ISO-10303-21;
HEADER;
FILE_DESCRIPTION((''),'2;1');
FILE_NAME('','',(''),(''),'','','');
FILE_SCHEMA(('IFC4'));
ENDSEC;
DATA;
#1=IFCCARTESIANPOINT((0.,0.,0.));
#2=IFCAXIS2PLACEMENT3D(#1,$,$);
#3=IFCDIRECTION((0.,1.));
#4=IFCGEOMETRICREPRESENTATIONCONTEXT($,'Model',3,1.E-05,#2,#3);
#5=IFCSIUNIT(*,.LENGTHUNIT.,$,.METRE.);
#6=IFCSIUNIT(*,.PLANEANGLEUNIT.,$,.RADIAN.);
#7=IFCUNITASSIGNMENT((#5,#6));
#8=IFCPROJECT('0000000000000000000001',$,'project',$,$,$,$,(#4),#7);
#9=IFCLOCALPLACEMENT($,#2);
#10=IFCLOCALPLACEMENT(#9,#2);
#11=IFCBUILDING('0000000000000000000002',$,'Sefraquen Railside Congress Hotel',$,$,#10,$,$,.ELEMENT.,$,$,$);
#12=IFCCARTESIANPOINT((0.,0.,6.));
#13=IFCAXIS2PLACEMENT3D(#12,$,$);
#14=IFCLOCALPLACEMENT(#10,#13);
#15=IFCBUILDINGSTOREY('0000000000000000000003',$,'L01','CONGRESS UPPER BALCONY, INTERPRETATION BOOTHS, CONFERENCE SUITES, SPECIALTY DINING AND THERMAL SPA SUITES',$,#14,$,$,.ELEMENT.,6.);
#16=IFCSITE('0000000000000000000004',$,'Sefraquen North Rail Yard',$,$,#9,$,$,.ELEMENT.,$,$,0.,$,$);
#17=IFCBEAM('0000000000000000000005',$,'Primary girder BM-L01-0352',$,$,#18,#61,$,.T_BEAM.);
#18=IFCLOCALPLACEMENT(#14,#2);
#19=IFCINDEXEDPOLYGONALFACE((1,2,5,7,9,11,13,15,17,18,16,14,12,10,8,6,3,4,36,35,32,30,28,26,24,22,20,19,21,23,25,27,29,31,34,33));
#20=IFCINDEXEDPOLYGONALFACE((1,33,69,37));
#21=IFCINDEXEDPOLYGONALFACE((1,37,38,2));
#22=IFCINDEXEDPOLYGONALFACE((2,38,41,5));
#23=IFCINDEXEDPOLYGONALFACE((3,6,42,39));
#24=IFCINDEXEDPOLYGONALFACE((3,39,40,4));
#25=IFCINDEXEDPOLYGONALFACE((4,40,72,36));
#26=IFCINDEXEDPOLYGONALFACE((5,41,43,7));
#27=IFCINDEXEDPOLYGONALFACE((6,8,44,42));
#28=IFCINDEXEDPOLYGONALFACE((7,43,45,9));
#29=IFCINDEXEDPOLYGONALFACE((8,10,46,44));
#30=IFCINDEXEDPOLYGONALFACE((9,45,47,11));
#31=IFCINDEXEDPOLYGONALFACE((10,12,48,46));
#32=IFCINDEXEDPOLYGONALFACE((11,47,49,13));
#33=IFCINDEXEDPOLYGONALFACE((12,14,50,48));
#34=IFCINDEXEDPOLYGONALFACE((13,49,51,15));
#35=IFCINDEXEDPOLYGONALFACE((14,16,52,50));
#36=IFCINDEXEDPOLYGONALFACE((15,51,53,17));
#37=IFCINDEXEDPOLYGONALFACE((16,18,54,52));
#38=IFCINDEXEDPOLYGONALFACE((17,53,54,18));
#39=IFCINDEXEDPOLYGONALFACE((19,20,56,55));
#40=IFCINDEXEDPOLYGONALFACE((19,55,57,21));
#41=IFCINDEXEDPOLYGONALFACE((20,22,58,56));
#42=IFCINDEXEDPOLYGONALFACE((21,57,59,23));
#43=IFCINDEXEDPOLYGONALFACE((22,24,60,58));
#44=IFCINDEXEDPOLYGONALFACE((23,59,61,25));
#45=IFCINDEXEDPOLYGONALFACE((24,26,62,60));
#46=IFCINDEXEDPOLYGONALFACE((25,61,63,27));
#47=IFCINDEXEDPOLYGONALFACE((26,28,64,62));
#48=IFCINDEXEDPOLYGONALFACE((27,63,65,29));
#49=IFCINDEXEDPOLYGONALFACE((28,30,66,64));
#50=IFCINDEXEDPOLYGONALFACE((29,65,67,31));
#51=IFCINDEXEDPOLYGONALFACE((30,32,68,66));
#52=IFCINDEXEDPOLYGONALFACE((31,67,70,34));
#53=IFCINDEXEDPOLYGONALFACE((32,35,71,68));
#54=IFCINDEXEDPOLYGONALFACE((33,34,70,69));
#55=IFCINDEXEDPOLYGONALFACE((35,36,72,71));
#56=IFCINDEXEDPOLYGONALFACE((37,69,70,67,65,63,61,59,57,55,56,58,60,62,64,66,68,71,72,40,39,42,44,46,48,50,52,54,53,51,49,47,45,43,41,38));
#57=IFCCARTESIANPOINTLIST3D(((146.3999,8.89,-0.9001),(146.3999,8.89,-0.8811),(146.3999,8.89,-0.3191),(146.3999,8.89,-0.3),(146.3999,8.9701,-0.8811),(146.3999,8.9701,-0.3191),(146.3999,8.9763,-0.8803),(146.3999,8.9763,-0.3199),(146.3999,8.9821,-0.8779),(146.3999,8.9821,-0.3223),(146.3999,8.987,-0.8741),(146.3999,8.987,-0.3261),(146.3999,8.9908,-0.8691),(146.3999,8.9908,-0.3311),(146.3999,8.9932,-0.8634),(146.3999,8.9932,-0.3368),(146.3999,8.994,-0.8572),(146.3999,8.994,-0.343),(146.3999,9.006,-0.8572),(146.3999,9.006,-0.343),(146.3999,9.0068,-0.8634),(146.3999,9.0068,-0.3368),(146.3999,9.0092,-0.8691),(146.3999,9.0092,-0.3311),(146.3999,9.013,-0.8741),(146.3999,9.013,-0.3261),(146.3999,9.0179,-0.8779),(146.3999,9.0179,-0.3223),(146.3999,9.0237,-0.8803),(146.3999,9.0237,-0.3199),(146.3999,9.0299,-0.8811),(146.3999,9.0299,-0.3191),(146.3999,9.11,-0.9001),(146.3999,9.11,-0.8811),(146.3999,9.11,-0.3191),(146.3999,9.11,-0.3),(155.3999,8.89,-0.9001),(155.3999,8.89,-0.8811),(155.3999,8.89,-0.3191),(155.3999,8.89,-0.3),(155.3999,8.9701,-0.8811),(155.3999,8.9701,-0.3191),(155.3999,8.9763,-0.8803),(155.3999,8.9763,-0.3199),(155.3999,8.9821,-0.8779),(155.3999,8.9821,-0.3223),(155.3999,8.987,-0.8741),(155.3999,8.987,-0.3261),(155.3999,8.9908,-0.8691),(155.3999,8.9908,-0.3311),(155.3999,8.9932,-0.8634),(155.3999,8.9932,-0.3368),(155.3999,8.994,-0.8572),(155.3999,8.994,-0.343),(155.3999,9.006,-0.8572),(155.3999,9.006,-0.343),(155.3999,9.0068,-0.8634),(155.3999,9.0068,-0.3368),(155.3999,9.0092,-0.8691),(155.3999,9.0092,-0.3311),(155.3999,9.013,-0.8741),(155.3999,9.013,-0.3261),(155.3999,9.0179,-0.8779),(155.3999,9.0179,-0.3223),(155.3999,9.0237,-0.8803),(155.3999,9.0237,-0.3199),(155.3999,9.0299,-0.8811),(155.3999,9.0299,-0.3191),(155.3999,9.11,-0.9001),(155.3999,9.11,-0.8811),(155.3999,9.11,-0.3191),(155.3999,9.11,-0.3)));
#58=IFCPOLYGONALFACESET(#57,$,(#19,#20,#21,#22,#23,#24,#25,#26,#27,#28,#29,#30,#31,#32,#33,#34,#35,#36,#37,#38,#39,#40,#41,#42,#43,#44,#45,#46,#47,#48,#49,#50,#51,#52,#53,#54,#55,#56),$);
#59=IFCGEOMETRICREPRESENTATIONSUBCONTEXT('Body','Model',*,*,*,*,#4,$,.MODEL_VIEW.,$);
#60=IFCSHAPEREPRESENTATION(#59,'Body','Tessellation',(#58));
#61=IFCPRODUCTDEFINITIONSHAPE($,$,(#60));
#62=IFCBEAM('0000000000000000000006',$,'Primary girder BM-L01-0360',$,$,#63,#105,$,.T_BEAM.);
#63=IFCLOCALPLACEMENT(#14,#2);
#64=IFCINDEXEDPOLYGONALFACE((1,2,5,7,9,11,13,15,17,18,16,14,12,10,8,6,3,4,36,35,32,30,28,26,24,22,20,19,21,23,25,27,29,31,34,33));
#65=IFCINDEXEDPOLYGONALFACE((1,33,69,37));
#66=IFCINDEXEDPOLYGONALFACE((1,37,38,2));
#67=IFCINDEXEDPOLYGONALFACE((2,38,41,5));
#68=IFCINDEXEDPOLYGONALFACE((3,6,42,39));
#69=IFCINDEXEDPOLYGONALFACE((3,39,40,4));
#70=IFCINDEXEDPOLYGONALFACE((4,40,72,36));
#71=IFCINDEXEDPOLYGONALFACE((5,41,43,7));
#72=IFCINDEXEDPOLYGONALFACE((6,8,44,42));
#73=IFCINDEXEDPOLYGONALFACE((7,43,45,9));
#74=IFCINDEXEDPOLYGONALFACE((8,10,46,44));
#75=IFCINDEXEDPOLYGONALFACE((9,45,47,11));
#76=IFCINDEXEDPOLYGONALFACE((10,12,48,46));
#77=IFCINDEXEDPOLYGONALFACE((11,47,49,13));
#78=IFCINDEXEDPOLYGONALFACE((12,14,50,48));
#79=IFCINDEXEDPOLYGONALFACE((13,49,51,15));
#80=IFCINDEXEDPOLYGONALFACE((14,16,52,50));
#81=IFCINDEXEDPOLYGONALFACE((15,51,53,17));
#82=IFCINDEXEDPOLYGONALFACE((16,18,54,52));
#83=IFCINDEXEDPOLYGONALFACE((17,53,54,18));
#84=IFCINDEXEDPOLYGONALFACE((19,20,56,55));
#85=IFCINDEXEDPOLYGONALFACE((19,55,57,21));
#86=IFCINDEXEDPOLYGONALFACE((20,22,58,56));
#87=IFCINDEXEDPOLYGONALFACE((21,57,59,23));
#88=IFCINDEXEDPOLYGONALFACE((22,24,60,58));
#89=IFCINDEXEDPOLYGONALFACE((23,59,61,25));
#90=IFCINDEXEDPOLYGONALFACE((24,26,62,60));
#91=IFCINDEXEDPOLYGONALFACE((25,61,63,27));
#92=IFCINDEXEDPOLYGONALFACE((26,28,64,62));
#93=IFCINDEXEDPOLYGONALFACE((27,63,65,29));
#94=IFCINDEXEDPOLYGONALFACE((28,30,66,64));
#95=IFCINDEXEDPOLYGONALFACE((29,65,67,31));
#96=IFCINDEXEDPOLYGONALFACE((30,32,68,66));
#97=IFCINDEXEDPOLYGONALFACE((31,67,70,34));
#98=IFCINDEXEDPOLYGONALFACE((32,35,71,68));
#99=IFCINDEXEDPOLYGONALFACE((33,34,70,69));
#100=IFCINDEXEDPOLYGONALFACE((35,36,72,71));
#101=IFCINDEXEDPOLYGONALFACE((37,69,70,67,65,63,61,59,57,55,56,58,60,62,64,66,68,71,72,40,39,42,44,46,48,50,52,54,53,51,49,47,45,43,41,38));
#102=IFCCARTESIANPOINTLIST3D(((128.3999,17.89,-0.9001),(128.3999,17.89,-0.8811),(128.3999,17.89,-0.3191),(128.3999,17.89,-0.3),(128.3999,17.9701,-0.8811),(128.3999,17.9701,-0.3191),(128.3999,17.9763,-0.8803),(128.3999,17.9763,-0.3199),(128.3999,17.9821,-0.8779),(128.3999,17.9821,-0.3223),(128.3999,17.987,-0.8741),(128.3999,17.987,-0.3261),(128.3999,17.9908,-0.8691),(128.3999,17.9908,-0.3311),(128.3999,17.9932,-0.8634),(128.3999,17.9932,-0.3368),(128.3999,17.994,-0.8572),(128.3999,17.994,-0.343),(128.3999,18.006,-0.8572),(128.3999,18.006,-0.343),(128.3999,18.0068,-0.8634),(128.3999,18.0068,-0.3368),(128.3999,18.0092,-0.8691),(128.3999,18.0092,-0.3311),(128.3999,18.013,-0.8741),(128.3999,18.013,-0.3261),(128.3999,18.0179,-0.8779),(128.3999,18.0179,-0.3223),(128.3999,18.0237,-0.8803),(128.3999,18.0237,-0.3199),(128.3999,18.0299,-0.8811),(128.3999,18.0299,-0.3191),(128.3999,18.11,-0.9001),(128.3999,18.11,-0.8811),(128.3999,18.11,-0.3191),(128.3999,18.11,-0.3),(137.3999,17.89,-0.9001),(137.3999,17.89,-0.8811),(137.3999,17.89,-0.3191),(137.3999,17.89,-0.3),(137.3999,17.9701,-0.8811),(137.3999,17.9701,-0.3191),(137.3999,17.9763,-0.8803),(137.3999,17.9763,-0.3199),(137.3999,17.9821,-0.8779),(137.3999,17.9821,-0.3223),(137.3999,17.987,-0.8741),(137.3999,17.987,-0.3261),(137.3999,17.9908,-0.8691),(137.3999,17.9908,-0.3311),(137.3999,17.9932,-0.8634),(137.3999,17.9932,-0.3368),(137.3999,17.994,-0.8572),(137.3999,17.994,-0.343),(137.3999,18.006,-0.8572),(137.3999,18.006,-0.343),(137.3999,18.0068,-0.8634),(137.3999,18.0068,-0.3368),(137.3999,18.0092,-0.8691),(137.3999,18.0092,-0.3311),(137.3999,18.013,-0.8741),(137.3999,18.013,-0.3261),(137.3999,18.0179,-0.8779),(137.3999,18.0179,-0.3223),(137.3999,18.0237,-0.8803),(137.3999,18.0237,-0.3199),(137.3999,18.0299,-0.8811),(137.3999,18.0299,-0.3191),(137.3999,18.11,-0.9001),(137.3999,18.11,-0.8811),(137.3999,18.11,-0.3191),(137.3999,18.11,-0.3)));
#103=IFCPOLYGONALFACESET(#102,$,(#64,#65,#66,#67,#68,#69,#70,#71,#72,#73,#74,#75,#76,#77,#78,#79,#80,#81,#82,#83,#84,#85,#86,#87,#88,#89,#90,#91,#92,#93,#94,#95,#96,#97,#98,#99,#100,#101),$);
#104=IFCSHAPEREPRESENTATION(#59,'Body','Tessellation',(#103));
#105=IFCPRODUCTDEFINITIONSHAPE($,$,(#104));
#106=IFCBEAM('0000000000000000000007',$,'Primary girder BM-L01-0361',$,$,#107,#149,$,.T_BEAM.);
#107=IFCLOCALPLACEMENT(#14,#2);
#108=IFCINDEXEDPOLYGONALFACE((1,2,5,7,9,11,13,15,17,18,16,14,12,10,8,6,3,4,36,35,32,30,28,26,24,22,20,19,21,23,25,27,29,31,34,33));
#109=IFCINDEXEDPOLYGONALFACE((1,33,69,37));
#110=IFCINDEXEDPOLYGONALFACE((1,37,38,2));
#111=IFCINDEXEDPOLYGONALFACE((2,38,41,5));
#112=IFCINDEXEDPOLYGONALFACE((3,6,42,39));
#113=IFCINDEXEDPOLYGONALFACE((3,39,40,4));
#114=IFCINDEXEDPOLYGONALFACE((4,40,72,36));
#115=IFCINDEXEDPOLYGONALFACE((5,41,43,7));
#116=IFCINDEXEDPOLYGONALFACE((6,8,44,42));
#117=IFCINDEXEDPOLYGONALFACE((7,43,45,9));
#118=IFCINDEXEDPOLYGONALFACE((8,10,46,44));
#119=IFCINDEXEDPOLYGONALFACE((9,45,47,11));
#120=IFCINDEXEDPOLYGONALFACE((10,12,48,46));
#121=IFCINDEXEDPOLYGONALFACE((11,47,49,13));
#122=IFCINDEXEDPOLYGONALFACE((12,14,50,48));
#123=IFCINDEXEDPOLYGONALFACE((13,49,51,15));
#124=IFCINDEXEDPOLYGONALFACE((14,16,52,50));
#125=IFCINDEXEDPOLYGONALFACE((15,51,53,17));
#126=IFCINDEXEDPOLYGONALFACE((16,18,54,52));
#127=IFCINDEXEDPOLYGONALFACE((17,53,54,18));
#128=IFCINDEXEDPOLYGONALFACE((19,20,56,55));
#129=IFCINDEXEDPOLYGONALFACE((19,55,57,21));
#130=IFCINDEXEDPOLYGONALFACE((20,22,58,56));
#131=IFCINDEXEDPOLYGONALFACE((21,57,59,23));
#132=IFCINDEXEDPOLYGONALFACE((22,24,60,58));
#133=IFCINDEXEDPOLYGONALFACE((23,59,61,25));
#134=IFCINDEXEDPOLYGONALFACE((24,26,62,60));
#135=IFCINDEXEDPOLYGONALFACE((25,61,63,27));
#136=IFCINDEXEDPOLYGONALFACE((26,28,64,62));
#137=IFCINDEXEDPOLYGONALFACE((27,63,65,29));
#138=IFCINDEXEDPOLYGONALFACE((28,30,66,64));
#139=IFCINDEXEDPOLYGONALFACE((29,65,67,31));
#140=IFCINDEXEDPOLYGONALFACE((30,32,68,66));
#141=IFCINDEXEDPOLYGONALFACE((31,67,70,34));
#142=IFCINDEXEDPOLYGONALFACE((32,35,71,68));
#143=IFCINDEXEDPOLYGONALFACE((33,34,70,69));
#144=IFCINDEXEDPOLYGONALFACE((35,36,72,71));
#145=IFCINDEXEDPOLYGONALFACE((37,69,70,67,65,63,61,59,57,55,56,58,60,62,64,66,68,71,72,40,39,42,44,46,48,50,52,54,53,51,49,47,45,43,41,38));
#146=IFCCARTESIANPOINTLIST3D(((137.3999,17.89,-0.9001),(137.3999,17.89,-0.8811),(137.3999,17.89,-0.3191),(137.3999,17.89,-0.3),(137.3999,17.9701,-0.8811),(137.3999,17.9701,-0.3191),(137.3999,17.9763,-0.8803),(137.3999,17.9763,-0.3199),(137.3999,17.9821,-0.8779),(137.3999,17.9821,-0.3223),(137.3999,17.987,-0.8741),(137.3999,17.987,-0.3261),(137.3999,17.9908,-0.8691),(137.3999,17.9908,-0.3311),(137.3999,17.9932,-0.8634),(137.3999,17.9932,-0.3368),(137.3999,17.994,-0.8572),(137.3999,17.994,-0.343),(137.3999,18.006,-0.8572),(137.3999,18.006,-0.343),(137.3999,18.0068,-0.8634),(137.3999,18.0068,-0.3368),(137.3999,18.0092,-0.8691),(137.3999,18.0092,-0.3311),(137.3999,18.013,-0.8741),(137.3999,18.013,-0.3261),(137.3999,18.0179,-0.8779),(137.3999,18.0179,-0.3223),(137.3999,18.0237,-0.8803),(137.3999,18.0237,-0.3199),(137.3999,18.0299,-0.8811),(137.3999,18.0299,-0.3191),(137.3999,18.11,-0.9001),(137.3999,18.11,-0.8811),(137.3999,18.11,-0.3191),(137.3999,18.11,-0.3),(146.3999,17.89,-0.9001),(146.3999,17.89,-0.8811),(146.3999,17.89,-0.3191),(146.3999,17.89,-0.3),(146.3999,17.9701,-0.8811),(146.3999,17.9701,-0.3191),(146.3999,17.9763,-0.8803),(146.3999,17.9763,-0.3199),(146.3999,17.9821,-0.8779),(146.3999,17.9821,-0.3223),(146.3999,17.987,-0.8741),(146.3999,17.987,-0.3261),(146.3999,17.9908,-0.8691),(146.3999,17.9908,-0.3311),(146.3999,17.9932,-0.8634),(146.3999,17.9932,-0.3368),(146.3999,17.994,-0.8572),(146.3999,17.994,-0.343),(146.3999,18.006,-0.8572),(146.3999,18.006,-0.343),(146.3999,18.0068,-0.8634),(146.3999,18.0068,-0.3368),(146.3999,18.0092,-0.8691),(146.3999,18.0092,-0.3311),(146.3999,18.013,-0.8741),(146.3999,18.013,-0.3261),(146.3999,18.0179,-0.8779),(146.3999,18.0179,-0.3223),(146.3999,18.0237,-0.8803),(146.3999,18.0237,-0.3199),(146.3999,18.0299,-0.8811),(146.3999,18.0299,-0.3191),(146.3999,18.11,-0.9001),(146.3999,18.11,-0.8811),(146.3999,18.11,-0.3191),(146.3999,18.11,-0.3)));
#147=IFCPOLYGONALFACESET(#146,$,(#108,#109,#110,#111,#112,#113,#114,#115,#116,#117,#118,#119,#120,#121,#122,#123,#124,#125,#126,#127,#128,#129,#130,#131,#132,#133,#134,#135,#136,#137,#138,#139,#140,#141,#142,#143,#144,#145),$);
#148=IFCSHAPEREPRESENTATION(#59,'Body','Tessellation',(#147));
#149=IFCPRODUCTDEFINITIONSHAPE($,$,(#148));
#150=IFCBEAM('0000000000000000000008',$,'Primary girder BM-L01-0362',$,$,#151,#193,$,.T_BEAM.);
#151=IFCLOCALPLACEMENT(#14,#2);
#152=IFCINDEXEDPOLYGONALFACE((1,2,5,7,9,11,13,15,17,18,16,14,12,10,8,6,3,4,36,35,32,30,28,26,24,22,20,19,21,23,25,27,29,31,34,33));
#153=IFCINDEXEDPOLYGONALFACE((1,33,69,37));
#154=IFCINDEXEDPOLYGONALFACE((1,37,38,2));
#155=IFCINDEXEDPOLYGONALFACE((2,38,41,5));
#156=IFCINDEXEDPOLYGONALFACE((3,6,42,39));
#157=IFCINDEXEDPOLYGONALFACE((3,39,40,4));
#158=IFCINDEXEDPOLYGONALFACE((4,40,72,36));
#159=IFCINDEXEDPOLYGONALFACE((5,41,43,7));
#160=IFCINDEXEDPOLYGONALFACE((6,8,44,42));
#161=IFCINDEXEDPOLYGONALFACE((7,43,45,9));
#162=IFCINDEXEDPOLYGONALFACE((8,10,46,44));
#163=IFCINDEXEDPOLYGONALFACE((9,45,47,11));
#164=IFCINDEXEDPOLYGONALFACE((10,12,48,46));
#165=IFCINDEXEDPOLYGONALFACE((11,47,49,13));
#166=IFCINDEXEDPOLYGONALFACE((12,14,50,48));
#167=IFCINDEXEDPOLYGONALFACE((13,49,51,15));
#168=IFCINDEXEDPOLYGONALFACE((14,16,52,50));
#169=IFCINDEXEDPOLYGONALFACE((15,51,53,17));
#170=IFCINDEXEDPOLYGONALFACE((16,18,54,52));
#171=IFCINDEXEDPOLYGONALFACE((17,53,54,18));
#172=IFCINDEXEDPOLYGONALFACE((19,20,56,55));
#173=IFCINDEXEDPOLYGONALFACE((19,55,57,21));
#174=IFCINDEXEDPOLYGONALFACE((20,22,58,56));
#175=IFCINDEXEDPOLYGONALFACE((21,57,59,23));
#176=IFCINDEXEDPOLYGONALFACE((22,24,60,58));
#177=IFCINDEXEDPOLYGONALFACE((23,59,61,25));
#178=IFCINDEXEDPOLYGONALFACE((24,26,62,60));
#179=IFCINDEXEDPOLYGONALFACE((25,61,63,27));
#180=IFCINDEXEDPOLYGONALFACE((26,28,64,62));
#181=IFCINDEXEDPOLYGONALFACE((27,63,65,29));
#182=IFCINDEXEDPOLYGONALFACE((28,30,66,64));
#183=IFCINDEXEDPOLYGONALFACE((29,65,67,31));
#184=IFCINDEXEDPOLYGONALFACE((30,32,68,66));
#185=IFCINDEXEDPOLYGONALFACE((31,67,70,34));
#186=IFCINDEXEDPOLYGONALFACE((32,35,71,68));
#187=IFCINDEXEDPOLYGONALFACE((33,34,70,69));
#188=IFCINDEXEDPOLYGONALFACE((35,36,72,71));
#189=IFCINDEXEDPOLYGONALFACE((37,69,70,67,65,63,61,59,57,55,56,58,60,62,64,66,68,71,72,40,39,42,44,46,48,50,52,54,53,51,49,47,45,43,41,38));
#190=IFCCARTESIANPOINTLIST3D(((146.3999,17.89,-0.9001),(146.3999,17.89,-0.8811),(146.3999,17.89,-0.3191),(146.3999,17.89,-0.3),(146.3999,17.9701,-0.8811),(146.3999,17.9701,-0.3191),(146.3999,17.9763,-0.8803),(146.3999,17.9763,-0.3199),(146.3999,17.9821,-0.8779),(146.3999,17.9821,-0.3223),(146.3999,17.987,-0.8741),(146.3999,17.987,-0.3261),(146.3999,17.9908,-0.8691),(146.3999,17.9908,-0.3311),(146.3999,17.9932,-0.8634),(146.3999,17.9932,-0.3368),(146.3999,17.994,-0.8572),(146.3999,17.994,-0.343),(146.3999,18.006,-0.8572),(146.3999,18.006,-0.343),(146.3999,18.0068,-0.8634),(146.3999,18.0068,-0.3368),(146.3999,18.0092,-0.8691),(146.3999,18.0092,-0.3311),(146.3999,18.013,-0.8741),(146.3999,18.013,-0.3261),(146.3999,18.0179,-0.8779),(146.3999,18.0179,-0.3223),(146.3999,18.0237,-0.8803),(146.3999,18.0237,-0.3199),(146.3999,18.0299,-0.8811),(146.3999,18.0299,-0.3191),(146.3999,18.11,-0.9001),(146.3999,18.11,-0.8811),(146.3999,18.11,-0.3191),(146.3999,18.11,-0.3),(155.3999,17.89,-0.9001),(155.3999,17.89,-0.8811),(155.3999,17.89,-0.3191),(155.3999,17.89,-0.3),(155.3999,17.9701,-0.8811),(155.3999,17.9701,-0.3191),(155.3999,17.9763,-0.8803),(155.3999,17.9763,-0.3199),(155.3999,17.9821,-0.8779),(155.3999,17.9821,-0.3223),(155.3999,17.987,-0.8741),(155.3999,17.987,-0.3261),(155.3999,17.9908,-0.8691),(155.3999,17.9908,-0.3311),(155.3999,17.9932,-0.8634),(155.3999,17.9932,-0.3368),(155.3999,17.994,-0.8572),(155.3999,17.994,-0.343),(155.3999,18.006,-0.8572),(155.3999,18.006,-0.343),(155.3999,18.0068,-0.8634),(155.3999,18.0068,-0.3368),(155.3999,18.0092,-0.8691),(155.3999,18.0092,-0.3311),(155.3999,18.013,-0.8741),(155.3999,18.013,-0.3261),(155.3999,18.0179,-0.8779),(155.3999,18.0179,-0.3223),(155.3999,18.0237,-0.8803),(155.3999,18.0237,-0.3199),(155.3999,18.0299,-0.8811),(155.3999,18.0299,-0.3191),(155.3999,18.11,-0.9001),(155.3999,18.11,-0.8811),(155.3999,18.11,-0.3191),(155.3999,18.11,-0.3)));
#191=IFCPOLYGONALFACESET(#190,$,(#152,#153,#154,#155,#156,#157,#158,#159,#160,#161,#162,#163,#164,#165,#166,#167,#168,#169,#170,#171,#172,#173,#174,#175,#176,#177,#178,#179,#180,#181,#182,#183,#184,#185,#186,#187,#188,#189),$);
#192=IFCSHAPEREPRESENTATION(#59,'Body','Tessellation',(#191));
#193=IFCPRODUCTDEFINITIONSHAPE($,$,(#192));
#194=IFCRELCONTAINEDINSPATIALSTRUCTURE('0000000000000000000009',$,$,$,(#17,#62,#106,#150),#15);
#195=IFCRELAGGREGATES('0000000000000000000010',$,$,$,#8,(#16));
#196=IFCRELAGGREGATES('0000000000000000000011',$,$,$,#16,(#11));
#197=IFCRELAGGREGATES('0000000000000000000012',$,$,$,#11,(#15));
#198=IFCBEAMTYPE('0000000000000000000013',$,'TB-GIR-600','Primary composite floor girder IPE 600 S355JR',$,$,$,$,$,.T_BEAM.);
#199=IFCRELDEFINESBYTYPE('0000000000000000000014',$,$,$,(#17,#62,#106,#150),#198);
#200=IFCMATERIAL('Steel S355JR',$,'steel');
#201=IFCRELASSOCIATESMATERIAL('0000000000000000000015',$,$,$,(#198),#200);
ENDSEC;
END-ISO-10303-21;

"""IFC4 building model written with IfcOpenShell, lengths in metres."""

from ifc_helpers import new_model, si_unit, direction, frame, origin, origin_2d, place, context, subcontext, project, spatial, i_section, extrude, material, material_profile, profile_set, type_object, element, save


model = new_model("IFC4")

# Units and contexts
model_context = context("Model", 3, precision=1e-05, world=origin(), true_north=direction((0.0, 1.0)))
body_context = subcontext(model_context, "Body", "Model", "MODEL_VIEW")
ifc_project = project(units=[si_unit("LENGTHUNIT", "METRE"), si_unit("PLANEANGLEUNIT", "RADIAN")], contexts=[model_context])

# Site, building, storey
site_placement = place(None, origin())
site = spatial("IfcSite", under=ifc_project, at=site_placement, Name="Sefraquen North Rail Yard", CompositionType="ELEMENT", RefElevation=0.0)
building_placement = place(site_placement, origin())
building = spatial("IfcBuilding", under=site, at=building_placement, Name="Sefraquen Railside Congress Hotel", CompositionType="ELEMENT")
storey_placement = place(building_placement, frame((0.0, 0.0, 6.0)))
storey = spatial("IfcBuildingStorey", under=building, at=storey_placement, Name="L01", Description="CONGRESS UPPER BALCONY, INTERPRETATION BOOTHS, CONFERENCE SUITES, SPECIALTY DINING AND THERMAL SPA SUITES", CompositionType="ELEMENT", Elevation=6.0)

# Shared definitions
ifc_material_1 = material(Name="Steel S355JR", Category="steel")

# Beams
ifc_material_profile_1 = material_profile(ifc_material_1, i_section(OverallWidth=0.22, OverallDepth=0.6001, WebThickness=0.012, FlangeThickness=0.019, FilletRadius=0.0239, at=origin_2d()), Name="IPE 600")
ifc_profile_set_1 = profile_set([ifc_material_profile_1], Name="Steel S355JR")
beam_type_1 = type_object("IfcBeamType", Name="TB-GIR-600", Description="Primary composite floor girder IPE 600 S355JR", PredefinedType="T_BEAM", material=ifc_profile_set_1)
for number, where, z_axis, x_axis, name in (
    (1, (146.3999, 9.0, -0.6001), (1.0, 0.0, 0.0), (0.0, 1.0, 0.0), "Primary girder BM-L01-0352"),
    (2, (128.3999, 18.0, -0.6001), (1.0, 0.0, 0.0), (0.0, 1.0, 0.0), "Primary girder BM-L01-0360"),
    (3, (137.3999, 18.0, -0.6001), (1.0, 0.0, 0.0), (0.0, 1.0, 0.0), "Primary girder BM-L01-0361"),
    (4, (146.3999, 18.0, -0.6001), (1.0, 0.0, 0.0), (0.0, 1.0, 0.0), "Primary girder BM-L01-0362"),
):
    element("IfcBeam", number, at=place(storey_placement, frame(where, z_axis=z_axis, x_axis=x_axis)), inside=storey, type_object=beam_type_1, Name=name, PredefinedType="T_BEAM", context=body_context, shape_type="SweptSolid", body=[
        extrude(i_section(OverallWidth=0.22, OverallDepth=0.6001, WebThickness=0.012, FlangeThickness=0.019, FilletRadius=0.0239, at=origin_2d()), origin(), (0.0, 0.0, 1.0), 9.0),
    ])

save(model, "model.ifc")
